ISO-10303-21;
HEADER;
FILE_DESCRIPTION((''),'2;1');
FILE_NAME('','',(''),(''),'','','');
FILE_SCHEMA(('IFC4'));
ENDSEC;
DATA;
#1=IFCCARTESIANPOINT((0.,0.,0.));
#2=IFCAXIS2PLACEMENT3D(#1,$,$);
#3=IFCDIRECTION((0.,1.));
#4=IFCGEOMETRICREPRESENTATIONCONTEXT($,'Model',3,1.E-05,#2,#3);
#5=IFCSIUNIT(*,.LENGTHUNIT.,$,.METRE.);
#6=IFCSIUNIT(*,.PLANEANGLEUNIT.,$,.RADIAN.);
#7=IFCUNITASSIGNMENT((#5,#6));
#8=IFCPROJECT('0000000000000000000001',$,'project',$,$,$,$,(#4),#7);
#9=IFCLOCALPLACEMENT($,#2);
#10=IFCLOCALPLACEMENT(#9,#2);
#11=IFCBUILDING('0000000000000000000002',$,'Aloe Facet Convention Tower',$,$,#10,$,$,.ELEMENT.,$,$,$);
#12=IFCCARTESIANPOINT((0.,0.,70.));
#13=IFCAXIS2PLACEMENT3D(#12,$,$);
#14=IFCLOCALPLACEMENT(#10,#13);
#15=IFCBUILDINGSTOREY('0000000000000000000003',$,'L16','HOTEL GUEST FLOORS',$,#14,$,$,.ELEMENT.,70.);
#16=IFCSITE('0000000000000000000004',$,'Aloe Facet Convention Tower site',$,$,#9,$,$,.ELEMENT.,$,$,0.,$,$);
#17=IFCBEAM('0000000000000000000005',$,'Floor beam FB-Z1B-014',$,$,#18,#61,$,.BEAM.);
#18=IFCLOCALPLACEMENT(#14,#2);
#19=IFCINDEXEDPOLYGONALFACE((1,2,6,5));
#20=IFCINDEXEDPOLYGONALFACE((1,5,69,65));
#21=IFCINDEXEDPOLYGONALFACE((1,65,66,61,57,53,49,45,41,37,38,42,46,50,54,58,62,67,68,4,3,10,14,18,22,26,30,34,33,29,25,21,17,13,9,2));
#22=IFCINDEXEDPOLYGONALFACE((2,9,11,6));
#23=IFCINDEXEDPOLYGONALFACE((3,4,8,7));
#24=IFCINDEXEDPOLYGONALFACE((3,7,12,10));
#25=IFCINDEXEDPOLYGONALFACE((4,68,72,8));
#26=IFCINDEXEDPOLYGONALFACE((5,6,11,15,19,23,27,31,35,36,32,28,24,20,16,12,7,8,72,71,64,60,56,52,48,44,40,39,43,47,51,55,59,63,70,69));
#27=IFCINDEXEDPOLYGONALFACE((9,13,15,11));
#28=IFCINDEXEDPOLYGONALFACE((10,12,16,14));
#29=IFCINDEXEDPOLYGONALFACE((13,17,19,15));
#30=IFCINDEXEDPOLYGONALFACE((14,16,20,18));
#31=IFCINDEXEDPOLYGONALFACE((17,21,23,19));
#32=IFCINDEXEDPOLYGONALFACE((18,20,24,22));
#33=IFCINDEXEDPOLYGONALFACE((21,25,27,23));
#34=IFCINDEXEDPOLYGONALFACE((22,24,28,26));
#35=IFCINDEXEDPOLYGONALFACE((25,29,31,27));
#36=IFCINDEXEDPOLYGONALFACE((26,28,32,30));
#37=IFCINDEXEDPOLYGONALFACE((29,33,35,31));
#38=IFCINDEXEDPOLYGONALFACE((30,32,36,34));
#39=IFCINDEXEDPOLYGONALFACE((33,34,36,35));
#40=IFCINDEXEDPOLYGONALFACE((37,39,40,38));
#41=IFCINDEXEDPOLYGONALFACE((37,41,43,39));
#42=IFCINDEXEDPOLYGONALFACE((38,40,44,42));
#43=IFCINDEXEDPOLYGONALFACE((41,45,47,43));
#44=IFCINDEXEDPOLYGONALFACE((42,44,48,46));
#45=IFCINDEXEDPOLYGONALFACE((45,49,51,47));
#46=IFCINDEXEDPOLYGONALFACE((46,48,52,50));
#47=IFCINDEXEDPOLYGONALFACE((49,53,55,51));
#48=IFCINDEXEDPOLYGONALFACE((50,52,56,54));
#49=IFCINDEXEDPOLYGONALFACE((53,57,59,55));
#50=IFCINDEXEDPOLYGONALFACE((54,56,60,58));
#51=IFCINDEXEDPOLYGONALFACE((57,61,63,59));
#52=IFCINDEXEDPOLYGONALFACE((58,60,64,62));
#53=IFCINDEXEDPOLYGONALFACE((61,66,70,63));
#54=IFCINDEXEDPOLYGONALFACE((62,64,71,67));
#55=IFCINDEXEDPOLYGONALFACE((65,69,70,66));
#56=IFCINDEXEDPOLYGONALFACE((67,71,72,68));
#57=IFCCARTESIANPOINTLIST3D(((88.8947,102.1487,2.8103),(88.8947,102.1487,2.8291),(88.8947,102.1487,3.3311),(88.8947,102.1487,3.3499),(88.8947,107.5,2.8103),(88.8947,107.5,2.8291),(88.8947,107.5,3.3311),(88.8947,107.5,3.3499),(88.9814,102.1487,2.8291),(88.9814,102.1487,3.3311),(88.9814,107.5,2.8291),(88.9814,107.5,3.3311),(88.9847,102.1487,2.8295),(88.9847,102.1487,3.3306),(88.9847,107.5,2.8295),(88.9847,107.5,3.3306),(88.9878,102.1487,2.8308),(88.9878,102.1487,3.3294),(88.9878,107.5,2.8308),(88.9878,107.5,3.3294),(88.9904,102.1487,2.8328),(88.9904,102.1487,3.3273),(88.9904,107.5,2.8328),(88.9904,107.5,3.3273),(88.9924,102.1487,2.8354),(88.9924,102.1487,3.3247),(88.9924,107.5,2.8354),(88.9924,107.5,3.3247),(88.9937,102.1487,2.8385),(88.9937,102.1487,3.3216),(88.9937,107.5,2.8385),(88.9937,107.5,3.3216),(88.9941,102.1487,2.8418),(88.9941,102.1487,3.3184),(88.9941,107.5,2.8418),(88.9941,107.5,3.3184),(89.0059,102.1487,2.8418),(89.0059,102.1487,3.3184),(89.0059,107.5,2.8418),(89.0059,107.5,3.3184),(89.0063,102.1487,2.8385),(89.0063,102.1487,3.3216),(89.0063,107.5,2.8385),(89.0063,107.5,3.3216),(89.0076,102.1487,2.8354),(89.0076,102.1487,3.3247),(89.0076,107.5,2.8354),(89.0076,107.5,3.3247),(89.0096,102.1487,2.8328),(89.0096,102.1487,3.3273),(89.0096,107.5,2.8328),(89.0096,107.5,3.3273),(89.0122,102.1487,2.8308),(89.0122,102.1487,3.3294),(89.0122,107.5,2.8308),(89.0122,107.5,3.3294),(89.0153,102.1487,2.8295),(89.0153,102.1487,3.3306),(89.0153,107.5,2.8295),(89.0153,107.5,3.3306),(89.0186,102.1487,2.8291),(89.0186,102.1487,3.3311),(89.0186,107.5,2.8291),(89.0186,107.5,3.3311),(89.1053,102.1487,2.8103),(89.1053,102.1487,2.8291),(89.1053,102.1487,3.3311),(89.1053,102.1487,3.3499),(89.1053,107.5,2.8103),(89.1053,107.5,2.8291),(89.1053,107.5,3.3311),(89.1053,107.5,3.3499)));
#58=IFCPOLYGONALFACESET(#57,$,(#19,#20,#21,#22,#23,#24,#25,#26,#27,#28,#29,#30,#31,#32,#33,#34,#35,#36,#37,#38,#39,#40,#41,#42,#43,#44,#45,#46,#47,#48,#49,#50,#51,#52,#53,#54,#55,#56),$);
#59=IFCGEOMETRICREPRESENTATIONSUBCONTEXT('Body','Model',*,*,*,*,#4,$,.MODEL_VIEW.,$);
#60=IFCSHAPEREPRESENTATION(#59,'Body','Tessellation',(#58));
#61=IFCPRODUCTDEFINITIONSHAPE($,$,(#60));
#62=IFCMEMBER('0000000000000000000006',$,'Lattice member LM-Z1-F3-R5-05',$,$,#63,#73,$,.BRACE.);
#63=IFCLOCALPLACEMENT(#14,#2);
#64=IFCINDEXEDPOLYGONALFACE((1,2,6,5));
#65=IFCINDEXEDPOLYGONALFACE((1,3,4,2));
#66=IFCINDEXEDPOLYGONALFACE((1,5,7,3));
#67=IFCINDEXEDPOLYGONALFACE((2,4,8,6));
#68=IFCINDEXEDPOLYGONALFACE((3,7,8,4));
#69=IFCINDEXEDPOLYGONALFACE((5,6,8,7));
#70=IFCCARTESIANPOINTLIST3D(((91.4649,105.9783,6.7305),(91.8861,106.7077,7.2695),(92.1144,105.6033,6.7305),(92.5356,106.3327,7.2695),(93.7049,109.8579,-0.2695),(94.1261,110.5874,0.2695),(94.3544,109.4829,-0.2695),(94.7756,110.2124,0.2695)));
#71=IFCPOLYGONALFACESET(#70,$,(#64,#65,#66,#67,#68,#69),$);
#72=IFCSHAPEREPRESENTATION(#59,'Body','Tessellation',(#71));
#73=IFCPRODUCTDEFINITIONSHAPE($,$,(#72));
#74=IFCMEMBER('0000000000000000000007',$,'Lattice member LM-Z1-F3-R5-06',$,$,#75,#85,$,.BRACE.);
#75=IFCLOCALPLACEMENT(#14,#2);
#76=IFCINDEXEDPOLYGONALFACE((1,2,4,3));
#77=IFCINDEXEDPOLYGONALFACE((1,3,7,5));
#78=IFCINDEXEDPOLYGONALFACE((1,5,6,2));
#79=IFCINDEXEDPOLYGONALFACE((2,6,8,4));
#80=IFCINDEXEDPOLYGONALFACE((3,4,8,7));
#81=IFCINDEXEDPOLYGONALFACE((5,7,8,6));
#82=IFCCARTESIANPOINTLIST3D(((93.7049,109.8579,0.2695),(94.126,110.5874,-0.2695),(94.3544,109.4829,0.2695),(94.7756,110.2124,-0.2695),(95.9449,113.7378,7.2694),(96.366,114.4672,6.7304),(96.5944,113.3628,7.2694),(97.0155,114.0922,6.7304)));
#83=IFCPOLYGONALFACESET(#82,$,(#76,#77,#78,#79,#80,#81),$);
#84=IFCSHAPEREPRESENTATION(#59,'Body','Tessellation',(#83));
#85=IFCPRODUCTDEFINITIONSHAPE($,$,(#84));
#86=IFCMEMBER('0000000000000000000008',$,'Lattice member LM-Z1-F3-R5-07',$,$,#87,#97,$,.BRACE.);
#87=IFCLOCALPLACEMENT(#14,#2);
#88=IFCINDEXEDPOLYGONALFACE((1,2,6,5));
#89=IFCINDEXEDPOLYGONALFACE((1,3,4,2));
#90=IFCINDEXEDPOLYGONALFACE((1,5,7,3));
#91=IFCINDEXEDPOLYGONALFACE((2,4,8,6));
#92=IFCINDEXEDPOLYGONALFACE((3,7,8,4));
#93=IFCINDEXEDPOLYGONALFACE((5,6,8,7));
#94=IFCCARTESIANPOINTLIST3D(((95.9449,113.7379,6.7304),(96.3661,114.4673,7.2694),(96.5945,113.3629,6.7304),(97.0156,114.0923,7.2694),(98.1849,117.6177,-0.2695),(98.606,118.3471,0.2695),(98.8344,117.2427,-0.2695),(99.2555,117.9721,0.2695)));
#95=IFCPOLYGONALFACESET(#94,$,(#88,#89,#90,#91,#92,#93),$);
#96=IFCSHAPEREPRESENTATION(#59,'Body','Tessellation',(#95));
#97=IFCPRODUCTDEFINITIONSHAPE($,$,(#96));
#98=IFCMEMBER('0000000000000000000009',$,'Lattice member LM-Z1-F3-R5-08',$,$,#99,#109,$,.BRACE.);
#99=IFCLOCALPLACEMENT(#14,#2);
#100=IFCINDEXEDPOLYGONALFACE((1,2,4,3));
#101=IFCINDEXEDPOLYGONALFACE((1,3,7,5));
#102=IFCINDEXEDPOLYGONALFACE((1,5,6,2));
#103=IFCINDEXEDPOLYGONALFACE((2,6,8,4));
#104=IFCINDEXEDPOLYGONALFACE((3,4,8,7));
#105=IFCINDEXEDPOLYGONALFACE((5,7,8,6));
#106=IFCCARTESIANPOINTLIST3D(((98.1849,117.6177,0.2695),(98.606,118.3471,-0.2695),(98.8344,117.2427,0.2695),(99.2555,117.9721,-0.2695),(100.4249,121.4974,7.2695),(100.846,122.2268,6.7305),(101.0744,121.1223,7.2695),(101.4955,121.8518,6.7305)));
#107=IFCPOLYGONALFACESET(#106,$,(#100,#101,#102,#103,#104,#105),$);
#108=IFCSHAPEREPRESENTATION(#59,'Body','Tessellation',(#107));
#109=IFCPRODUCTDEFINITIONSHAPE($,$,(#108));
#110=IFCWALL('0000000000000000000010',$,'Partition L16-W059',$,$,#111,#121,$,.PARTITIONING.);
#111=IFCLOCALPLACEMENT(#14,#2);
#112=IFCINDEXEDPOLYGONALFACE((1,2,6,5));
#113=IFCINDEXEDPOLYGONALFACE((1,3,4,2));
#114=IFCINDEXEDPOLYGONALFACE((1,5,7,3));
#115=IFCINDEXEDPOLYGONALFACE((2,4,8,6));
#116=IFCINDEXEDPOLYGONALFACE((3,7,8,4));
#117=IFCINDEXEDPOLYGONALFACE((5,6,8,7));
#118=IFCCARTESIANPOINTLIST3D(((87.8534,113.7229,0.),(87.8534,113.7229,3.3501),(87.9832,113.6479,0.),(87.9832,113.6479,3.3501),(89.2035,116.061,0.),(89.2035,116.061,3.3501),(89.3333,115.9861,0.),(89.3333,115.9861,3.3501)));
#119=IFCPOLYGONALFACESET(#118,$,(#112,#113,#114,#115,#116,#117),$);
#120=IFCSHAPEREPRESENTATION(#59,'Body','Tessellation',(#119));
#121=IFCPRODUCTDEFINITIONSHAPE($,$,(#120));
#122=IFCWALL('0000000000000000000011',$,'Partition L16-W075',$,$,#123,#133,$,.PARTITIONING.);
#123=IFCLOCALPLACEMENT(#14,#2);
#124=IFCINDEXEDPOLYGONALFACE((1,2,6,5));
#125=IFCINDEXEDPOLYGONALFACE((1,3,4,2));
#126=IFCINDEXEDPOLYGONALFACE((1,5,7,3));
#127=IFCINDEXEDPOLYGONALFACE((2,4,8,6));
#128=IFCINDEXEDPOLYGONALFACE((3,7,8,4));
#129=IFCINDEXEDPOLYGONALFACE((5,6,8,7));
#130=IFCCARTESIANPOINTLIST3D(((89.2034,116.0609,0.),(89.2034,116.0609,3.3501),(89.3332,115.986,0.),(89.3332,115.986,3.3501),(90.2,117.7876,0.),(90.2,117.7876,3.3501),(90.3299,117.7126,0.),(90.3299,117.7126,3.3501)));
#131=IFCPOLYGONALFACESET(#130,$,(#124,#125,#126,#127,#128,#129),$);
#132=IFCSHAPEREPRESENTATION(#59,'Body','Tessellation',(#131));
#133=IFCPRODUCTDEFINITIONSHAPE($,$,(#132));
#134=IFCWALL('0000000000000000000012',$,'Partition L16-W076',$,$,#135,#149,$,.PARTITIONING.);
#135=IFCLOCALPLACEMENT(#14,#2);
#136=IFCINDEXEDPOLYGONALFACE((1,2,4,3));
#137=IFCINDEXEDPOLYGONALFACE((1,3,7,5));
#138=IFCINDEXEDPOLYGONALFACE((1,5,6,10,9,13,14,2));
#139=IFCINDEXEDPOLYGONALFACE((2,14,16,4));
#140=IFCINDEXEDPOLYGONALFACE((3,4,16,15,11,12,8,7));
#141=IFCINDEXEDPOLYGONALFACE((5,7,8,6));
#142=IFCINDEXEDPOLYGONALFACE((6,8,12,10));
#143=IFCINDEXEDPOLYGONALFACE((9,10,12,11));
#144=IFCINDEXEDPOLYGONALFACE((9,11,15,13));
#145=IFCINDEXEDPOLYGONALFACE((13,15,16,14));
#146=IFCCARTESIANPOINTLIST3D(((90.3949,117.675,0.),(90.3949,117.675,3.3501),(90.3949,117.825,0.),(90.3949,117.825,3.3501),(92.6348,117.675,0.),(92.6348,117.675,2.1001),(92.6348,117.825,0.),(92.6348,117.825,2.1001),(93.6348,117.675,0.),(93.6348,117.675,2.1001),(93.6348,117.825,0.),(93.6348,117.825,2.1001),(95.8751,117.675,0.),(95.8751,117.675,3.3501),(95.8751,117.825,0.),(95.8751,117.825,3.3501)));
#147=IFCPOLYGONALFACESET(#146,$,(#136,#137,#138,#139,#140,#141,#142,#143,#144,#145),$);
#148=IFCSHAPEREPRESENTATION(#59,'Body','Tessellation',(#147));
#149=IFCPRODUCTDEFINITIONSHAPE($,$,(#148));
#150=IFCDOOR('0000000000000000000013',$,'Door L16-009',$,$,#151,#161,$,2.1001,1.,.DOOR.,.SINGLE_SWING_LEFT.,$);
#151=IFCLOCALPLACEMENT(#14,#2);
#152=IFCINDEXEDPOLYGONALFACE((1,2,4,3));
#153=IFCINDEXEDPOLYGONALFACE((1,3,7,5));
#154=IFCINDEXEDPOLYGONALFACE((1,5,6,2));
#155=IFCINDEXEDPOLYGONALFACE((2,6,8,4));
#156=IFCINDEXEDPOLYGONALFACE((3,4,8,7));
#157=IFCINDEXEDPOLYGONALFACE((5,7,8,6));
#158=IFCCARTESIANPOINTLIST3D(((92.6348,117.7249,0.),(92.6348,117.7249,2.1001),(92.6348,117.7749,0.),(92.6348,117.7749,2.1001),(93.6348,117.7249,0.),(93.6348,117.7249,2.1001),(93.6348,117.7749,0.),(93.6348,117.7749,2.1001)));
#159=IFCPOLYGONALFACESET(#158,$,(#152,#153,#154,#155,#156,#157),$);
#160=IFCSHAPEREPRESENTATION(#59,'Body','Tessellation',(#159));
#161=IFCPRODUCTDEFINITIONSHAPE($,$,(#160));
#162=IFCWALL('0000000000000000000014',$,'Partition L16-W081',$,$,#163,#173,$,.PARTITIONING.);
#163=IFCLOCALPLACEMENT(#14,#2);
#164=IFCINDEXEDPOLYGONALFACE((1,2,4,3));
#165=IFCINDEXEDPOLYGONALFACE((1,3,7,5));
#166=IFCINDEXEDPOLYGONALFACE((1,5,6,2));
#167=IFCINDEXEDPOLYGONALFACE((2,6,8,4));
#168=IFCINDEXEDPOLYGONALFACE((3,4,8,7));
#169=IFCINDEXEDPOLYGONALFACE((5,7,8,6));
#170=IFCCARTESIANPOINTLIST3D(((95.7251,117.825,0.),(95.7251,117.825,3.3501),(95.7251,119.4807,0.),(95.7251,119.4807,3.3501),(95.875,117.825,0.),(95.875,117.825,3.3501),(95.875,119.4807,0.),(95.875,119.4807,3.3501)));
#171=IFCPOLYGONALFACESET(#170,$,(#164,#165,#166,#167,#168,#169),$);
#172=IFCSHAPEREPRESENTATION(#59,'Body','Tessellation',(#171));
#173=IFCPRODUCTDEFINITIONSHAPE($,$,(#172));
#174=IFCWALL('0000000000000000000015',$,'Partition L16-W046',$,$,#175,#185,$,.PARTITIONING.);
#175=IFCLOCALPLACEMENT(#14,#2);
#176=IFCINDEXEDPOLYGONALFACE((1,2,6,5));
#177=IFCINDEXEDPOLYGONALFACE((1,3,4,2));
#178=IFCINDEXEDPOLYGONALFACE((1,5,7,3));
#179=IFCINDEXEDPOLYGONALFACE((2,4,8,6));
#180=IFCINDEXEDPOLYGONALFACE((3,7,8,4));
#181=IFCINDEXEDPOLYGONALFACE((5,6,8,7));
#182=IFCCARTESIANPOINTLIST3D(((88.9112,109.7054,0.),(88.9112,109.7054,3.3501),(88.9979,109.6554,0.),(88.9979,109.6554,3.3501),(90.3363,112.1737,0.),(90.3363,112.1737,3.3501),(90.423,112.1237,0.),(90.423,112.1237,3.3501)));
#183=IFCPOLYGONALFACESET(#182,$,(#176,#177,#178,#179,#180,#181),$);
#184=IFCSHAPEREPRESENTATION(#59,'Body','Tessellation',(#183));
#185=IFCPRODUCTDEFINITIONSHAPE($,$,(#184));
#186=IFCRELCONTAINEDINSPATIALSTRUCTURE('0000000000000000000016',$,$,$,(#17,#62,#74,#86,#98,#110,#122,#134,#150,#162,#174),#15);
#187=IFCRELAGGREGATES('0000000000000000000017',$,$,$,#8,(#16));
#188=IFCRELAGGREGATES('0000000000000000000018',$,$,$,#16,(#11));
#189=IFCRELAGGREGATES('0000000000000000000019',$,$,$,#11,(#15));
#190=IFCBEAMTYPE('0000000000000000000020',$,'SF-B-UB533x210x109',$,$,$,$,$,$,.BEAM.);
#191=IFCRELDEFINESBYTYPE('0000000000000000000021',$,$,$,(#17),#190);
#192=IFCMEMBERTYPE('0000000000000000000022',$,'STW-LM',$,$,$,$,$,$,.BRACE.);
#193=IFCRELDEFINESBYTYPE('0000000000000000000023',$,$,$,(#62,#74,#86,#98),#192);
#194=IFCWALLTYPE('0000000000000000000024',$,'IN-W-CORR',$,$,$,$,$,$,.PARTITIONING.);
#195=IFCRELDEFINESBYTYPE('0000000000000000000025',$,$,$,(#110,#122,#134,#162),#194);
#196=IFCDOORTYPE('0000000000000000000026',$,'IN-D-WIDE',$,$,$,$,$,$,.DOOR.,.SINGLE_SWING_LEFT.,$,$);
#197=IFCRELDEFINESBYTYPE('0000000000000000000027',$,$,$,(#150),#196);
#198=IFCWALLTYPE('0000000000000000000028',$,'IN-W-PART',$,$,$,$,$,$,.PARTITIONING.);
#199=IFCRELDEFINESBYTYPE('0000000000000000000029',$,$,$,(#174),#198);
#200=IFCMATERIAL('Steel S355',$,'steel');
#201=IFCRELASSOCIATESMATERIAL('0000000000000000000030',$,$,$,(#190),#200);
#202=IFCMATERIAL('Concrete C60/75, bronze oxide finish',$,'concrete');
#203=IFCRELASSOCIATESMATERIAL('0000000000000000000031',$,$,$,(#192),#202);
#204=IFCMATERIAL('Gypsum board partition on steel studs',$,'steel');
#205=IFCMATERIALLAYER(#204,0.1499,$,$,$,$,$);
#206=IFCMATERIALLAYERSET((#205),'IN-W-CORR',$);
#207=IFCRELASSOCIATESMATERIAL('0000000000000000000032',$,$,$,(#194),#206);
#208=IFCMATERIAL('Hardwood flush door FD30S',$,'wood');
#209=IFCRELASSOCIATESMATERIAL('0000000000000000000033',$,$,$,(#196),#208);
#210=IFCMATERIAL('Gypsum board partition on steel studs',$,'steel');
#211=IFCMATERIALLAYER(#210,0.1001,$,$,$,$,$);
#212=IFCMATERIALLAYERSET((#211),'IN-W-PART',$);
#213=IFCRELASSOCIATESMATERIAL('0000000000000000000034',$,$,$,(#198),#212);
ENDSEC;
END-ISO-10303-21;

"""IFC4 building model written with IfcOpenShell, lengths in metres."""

from ifc_helpers import new_model, si_unit, direction, frame, frame_2d, origin, origin_2d, place, context, subcontext, project, spatial, rectangle, i_section, extrude, material, layer, layer_set, material_profile, profile_set, type_object, element, fill, save


model = new_model("IFC4")

# Units and contexts
model_context = context("Model", 3, precision=1e-05, world=origin(), true_north=direction((0.0, 1.0)))
body_context = subcontext(model_context, "Body", "Model", "MODEL_VIEW")
ifc_project = project(units=[si_unit("LENGTHUNIT", "METRE"), si_unit("PLANEANGLEUNIT", "RADIAN")], contexts=[model_context])

# Site, building, storey
site_placement = place(None, origin())
site = spatial("IfcSite", under=ifc_project, at=site_placement, Name="Aloe Facet Convention Tower site", CompositionType="ELEMENT", RefElevation=0.0)
building_placement = place(site_placement, origin())
building = spatial("IfcBuilding", under=site, at=building_placement, Name="Aloe Facet Convention Tower", CompositionType="ELEMENT")
storey_placement = place(building_placement, frame((0.0, 0.0, 70.0)))
storey = spatial("IfcBuildingStorey", under=building, at=storey_placement, Name="L16", Description="HOTEL GUEST FLOORS", CompositionType="ELEMENT", Elevation=70.0)

# Beam
ifc_material_1 = material(Name="Steel S355", Category="steel")
ifc_material_profile_1 = material_profile(ifc_material_1, i_section(OverallWidth=0.2107, OverallDepth=0.5396, WebThickness=0.0117, FlangeThickness=0.0188, FilletRadius=0.0127, at=origin_2d()), Name="UB 533x210x109")
ifc_profile_set_1 = profile_set([ifc_material_profile_1], Name="Steel S355")
beam_type_1 = type_object("IfcBeamType", Name="SF-B-UB533x210x109", PredefinedType="BEAM", material=ifc_profile_set_1)
beam_1_placement = place(storey_placement, frame((89.0, 107.5, 3.0801), z_axis=(0.0, -1.0, 0.0), x_axis=(1.0, 0.0, 0.0)))
element("IfcBeam", 1, at=beam_1_placement, inside=storey, type_object=beam_type_1, Name="Floor beam FB-Z1B-014", PredefinedType="BEAM", context=body_context, shape_type="SweptSolid", body=[
    extrude(i_section(OverallWidth=0.2107, OverallDepth=0.5396, WebThickness=0.0117, FlangeThickness=0.0188, FilletRadius=0.0127, at=origin_2d()), origin(), (0.0, 0.0, 1.0), 5.3513),
])

# Members
ifc_material_2 = material(Name="Concrete C60/75, bronze oxide finish", Category="concrete")
ifc_material_profile_2 = material_profile(ifc_material_2, rectangle(XDim=0.75, YDim=1.0, at=origin_2d()), Name="STW-LM")
ifc_profile_set_2 = profile_set([ifc_material_profile_2], Name="Concrete C60/75, bronze oxide finish")
member_type = type_object("IfcMemberType", Name="STW-LM", PredefinedType="BRACE", material=ifc_profile_set_2)
for number, where, z_axis, x_axis, name in (
    (2, (94.2402, 110.0352, 0.0), (-0.269528, -0.46682, 0.842279), (0.866018, -0.500013, 0.0), "Lattice member LM-Z1-F3-R5-05"),
    (3, (94.2402, 110.0352, 0.0), (0.269524, 0.466843, 0.842267), (-0.866031, 0.49999, 0.0), "Lattice member LM-Z1-F3-R5-06"),
    (4, (98.7202, 117.7949, 0.0), (-0.269524, -0.466843, 0.842267), (0.866031, -0.49999, 0.0), "Lattice member LM-Z1-F3-R5-07"),
    (5, (98.7202, 117.7949, 0.0), (0.269528, 0.46682, 0.842279), (-0.866018, 0.500013, 0.0), "Lattice member LM-Z1-F3-R5-08"),
):
    element("IfcMember", number, at=place(storey_placement, frame(where, z_axis=z_axis, x_axis=x_axis)), inside=storey, type_object=member_type, Name=name, PredefinedType="BRACE", context=body_context, shape_type="SweptSolid", body=[
        extrude(rectangle(XDim=0.75, YDim=1.0, at=origin_2d()), origin(), (0.0, 0.0, 1.0), 8.3108),
    ])

# Walls
ifc_material_3 = material(Name="Gypsum board partition on steel studs", Category="steel")
ifc_layer_1 = layer(ifc_material_3, 0.1499)
ifc_layer_set_1 = layer_set([ifc_layer_1], Name="IN-W-CORR")
wall_type_1 = type_object("IfcWallType", Name="IN-W-CORR", PredefinedType="PARTITIONING", material=ifc_layer_set_1)
wall_1_placement = place(storey_placement, frame((87.9182, 113.6853, 0.0), z_axis=(0.0, 0.0, 1.0), x_axis=(0.500049, 0.865997, 0.0)))
element("IfcWall", 6, at=wall_1_placement, inside=storey, type_object=wall_type_1, Name="Partition L16-W059", PredefinedType="PARTITIONING", context=body_context, shape_type="SweptSolid", body=[
    extrude(rectangle(XDim=2.7, YDim=0.1499, at=frame_2d((1.3501, 0.0))), origin(), (0.0, 0.0, 1.0), 3.3501),
])
wall_2_placement = place(storey_placement, frame((89.2683, 116.0234, 0.0), z_axis=(0.0, 0.0, 1.0), x_axis=(0.499906, 0.86608, 0.0)))
element("IfcWall", 7, at=wall_2_placement, inside=storey, type_object=wall_type_1, Name="Partition L16-W075", PredefinedType="PARTITIONING", context=body_context, shape_type="SweptSolid", body=[
    extrude(rectangle(XDim=1.9937, YDim=0.1499, at=frame_2d((0.9968, 0.0))), origin(), (0.0, 0.0, 1.0), 3.3501),
])

# Wall, opening, door
wall_3_placement = place(storey_placement, frame((90.3948, 117.75, 0.0), z_axis=(0.0, 0.0, 1.0), x_axis=(1.0, 0.0, 0.0)))
wall_3 = element("IfcWall", 8, at=wall_3_placement, inside=storey, type_object=wall_type_1, Name="Partition L16-W076", PredefinedType="PARTITIONING", context=body_context, shape_type="SweptSolid", body=[
    extrude(rectangle(XDim=5.4802, YDim=0.1499, at=frame_2d((2.7402, 0.0))), origin(), (0.0, 0.0, 1.0), 3.3501),
])
opening_1_placement = place(wall_3_placement, frame((2.24, 0.0, 0.0)))
opening_1 = element("IfcOpeningElement", 9, at=opening_1_placement, cuts=wall_3, PredefinedType="OPENING", context=body_context, shape_type="SweptSolid", body=[
    extrude(rectangle(XDim=1.0, YDim=2.1001, at=frame_2d((0.5, 1.05))), frame((0.0, 0.085, 0.0), z_axis=(0.0, -1.0, 0.0), x_axis=(1.0, 0.0, 0.0)), (0.0, 0.0, 1.0), 0.1699),
])
ifc_material_4 = material(Name="Hardwood flush door FD30S", Category="wood")
door_type_1 = type_object("IfcDoorType", Name="IN-D-WIDE", OperationType="SINGLE_SWING_LEFT", PredefinedType="DOOR", material=ifc_material_4)
door_1_placement = place(opening_1_placement, origin())
door_1 = element("IfcDoor", 10, at=door_1_placement, inside=storey, type_object=door_type_1, Name="Door L16-009", OperationType="SINGLE_SWING_LEFT", OverallHeight=2.1001, OverallWidth=1.0, PredefinedType="DOOR", context=body_context, shape_type="SweptSolid", body=[
    extrude(rectangle(XDim=1.0, YDim=2.1001, at=frame_2d((0.5, 1.05))), frame((0.0, 0.0249, 0.0), z_axis=(0.0, -1.0, 0.0), x_axis=(1.0, 0.0, 0.0)), (0.0, 0.0, 1.0), 0.05),
])
fill(opening_1, door_1)

# Walls
wall_4_placement = place(storey_placement, frame((95.8, 117.825, 0.0), z_axis=(0.0, 0.0, 1.0), x_axis=(0.0, 1.0, 0.0)))
element("IfcWall", 11, at=wall_4_placement, inside=storey, type_object=wall_type_1, Name="Partition L16-W081", PredefinedType="PARTITIONING", context=body_context, shape_type="SweptSolid", body=[
    extrude(rectangle(XDim=1.6558, YDim=0.1499, at=frame_2d((0.8279, 0.0))), origin(), (0.0, 0.0, 1.0), 3.3501),
])
ifc_material_5 = material(Name="Gypsum board partition on steel studs", Category="steel")
ifc_layer_2 = layer(ifc_material_5, 0.1001)
ifc_layer_set_2 = layer_set([ifc_layer_2], Name="IN-W-PART")
wall_type_2 = type_object("IfcWallType", Name="IN-W-PART", PredefinedType="PARTITIONING", material=ifc_layer_set_2)
wall_5_placement = place(storey_placement, frame((88.9546, 109.6804, 0.0), z_axis=(0.0, 0.0, 1.0), x_axis=(0.499999, 0.866026, 0.0)))
element("IfcWall", 12, at=wall_5_placement, inside=storey, type_object=wall_type_2, Name="Partition L16-W046", PredefinedType="PARTITIONING", context=body_context, shape_type="SweptSolid", body=[
    extrude(rectangle(XDim=2.8501, YDim=0.1001, at=frame_2d((1.425, 0.0))), origin(), (0.0, 0.0, 1.0), 3.3501),
])

save(model, "model.ifc")
